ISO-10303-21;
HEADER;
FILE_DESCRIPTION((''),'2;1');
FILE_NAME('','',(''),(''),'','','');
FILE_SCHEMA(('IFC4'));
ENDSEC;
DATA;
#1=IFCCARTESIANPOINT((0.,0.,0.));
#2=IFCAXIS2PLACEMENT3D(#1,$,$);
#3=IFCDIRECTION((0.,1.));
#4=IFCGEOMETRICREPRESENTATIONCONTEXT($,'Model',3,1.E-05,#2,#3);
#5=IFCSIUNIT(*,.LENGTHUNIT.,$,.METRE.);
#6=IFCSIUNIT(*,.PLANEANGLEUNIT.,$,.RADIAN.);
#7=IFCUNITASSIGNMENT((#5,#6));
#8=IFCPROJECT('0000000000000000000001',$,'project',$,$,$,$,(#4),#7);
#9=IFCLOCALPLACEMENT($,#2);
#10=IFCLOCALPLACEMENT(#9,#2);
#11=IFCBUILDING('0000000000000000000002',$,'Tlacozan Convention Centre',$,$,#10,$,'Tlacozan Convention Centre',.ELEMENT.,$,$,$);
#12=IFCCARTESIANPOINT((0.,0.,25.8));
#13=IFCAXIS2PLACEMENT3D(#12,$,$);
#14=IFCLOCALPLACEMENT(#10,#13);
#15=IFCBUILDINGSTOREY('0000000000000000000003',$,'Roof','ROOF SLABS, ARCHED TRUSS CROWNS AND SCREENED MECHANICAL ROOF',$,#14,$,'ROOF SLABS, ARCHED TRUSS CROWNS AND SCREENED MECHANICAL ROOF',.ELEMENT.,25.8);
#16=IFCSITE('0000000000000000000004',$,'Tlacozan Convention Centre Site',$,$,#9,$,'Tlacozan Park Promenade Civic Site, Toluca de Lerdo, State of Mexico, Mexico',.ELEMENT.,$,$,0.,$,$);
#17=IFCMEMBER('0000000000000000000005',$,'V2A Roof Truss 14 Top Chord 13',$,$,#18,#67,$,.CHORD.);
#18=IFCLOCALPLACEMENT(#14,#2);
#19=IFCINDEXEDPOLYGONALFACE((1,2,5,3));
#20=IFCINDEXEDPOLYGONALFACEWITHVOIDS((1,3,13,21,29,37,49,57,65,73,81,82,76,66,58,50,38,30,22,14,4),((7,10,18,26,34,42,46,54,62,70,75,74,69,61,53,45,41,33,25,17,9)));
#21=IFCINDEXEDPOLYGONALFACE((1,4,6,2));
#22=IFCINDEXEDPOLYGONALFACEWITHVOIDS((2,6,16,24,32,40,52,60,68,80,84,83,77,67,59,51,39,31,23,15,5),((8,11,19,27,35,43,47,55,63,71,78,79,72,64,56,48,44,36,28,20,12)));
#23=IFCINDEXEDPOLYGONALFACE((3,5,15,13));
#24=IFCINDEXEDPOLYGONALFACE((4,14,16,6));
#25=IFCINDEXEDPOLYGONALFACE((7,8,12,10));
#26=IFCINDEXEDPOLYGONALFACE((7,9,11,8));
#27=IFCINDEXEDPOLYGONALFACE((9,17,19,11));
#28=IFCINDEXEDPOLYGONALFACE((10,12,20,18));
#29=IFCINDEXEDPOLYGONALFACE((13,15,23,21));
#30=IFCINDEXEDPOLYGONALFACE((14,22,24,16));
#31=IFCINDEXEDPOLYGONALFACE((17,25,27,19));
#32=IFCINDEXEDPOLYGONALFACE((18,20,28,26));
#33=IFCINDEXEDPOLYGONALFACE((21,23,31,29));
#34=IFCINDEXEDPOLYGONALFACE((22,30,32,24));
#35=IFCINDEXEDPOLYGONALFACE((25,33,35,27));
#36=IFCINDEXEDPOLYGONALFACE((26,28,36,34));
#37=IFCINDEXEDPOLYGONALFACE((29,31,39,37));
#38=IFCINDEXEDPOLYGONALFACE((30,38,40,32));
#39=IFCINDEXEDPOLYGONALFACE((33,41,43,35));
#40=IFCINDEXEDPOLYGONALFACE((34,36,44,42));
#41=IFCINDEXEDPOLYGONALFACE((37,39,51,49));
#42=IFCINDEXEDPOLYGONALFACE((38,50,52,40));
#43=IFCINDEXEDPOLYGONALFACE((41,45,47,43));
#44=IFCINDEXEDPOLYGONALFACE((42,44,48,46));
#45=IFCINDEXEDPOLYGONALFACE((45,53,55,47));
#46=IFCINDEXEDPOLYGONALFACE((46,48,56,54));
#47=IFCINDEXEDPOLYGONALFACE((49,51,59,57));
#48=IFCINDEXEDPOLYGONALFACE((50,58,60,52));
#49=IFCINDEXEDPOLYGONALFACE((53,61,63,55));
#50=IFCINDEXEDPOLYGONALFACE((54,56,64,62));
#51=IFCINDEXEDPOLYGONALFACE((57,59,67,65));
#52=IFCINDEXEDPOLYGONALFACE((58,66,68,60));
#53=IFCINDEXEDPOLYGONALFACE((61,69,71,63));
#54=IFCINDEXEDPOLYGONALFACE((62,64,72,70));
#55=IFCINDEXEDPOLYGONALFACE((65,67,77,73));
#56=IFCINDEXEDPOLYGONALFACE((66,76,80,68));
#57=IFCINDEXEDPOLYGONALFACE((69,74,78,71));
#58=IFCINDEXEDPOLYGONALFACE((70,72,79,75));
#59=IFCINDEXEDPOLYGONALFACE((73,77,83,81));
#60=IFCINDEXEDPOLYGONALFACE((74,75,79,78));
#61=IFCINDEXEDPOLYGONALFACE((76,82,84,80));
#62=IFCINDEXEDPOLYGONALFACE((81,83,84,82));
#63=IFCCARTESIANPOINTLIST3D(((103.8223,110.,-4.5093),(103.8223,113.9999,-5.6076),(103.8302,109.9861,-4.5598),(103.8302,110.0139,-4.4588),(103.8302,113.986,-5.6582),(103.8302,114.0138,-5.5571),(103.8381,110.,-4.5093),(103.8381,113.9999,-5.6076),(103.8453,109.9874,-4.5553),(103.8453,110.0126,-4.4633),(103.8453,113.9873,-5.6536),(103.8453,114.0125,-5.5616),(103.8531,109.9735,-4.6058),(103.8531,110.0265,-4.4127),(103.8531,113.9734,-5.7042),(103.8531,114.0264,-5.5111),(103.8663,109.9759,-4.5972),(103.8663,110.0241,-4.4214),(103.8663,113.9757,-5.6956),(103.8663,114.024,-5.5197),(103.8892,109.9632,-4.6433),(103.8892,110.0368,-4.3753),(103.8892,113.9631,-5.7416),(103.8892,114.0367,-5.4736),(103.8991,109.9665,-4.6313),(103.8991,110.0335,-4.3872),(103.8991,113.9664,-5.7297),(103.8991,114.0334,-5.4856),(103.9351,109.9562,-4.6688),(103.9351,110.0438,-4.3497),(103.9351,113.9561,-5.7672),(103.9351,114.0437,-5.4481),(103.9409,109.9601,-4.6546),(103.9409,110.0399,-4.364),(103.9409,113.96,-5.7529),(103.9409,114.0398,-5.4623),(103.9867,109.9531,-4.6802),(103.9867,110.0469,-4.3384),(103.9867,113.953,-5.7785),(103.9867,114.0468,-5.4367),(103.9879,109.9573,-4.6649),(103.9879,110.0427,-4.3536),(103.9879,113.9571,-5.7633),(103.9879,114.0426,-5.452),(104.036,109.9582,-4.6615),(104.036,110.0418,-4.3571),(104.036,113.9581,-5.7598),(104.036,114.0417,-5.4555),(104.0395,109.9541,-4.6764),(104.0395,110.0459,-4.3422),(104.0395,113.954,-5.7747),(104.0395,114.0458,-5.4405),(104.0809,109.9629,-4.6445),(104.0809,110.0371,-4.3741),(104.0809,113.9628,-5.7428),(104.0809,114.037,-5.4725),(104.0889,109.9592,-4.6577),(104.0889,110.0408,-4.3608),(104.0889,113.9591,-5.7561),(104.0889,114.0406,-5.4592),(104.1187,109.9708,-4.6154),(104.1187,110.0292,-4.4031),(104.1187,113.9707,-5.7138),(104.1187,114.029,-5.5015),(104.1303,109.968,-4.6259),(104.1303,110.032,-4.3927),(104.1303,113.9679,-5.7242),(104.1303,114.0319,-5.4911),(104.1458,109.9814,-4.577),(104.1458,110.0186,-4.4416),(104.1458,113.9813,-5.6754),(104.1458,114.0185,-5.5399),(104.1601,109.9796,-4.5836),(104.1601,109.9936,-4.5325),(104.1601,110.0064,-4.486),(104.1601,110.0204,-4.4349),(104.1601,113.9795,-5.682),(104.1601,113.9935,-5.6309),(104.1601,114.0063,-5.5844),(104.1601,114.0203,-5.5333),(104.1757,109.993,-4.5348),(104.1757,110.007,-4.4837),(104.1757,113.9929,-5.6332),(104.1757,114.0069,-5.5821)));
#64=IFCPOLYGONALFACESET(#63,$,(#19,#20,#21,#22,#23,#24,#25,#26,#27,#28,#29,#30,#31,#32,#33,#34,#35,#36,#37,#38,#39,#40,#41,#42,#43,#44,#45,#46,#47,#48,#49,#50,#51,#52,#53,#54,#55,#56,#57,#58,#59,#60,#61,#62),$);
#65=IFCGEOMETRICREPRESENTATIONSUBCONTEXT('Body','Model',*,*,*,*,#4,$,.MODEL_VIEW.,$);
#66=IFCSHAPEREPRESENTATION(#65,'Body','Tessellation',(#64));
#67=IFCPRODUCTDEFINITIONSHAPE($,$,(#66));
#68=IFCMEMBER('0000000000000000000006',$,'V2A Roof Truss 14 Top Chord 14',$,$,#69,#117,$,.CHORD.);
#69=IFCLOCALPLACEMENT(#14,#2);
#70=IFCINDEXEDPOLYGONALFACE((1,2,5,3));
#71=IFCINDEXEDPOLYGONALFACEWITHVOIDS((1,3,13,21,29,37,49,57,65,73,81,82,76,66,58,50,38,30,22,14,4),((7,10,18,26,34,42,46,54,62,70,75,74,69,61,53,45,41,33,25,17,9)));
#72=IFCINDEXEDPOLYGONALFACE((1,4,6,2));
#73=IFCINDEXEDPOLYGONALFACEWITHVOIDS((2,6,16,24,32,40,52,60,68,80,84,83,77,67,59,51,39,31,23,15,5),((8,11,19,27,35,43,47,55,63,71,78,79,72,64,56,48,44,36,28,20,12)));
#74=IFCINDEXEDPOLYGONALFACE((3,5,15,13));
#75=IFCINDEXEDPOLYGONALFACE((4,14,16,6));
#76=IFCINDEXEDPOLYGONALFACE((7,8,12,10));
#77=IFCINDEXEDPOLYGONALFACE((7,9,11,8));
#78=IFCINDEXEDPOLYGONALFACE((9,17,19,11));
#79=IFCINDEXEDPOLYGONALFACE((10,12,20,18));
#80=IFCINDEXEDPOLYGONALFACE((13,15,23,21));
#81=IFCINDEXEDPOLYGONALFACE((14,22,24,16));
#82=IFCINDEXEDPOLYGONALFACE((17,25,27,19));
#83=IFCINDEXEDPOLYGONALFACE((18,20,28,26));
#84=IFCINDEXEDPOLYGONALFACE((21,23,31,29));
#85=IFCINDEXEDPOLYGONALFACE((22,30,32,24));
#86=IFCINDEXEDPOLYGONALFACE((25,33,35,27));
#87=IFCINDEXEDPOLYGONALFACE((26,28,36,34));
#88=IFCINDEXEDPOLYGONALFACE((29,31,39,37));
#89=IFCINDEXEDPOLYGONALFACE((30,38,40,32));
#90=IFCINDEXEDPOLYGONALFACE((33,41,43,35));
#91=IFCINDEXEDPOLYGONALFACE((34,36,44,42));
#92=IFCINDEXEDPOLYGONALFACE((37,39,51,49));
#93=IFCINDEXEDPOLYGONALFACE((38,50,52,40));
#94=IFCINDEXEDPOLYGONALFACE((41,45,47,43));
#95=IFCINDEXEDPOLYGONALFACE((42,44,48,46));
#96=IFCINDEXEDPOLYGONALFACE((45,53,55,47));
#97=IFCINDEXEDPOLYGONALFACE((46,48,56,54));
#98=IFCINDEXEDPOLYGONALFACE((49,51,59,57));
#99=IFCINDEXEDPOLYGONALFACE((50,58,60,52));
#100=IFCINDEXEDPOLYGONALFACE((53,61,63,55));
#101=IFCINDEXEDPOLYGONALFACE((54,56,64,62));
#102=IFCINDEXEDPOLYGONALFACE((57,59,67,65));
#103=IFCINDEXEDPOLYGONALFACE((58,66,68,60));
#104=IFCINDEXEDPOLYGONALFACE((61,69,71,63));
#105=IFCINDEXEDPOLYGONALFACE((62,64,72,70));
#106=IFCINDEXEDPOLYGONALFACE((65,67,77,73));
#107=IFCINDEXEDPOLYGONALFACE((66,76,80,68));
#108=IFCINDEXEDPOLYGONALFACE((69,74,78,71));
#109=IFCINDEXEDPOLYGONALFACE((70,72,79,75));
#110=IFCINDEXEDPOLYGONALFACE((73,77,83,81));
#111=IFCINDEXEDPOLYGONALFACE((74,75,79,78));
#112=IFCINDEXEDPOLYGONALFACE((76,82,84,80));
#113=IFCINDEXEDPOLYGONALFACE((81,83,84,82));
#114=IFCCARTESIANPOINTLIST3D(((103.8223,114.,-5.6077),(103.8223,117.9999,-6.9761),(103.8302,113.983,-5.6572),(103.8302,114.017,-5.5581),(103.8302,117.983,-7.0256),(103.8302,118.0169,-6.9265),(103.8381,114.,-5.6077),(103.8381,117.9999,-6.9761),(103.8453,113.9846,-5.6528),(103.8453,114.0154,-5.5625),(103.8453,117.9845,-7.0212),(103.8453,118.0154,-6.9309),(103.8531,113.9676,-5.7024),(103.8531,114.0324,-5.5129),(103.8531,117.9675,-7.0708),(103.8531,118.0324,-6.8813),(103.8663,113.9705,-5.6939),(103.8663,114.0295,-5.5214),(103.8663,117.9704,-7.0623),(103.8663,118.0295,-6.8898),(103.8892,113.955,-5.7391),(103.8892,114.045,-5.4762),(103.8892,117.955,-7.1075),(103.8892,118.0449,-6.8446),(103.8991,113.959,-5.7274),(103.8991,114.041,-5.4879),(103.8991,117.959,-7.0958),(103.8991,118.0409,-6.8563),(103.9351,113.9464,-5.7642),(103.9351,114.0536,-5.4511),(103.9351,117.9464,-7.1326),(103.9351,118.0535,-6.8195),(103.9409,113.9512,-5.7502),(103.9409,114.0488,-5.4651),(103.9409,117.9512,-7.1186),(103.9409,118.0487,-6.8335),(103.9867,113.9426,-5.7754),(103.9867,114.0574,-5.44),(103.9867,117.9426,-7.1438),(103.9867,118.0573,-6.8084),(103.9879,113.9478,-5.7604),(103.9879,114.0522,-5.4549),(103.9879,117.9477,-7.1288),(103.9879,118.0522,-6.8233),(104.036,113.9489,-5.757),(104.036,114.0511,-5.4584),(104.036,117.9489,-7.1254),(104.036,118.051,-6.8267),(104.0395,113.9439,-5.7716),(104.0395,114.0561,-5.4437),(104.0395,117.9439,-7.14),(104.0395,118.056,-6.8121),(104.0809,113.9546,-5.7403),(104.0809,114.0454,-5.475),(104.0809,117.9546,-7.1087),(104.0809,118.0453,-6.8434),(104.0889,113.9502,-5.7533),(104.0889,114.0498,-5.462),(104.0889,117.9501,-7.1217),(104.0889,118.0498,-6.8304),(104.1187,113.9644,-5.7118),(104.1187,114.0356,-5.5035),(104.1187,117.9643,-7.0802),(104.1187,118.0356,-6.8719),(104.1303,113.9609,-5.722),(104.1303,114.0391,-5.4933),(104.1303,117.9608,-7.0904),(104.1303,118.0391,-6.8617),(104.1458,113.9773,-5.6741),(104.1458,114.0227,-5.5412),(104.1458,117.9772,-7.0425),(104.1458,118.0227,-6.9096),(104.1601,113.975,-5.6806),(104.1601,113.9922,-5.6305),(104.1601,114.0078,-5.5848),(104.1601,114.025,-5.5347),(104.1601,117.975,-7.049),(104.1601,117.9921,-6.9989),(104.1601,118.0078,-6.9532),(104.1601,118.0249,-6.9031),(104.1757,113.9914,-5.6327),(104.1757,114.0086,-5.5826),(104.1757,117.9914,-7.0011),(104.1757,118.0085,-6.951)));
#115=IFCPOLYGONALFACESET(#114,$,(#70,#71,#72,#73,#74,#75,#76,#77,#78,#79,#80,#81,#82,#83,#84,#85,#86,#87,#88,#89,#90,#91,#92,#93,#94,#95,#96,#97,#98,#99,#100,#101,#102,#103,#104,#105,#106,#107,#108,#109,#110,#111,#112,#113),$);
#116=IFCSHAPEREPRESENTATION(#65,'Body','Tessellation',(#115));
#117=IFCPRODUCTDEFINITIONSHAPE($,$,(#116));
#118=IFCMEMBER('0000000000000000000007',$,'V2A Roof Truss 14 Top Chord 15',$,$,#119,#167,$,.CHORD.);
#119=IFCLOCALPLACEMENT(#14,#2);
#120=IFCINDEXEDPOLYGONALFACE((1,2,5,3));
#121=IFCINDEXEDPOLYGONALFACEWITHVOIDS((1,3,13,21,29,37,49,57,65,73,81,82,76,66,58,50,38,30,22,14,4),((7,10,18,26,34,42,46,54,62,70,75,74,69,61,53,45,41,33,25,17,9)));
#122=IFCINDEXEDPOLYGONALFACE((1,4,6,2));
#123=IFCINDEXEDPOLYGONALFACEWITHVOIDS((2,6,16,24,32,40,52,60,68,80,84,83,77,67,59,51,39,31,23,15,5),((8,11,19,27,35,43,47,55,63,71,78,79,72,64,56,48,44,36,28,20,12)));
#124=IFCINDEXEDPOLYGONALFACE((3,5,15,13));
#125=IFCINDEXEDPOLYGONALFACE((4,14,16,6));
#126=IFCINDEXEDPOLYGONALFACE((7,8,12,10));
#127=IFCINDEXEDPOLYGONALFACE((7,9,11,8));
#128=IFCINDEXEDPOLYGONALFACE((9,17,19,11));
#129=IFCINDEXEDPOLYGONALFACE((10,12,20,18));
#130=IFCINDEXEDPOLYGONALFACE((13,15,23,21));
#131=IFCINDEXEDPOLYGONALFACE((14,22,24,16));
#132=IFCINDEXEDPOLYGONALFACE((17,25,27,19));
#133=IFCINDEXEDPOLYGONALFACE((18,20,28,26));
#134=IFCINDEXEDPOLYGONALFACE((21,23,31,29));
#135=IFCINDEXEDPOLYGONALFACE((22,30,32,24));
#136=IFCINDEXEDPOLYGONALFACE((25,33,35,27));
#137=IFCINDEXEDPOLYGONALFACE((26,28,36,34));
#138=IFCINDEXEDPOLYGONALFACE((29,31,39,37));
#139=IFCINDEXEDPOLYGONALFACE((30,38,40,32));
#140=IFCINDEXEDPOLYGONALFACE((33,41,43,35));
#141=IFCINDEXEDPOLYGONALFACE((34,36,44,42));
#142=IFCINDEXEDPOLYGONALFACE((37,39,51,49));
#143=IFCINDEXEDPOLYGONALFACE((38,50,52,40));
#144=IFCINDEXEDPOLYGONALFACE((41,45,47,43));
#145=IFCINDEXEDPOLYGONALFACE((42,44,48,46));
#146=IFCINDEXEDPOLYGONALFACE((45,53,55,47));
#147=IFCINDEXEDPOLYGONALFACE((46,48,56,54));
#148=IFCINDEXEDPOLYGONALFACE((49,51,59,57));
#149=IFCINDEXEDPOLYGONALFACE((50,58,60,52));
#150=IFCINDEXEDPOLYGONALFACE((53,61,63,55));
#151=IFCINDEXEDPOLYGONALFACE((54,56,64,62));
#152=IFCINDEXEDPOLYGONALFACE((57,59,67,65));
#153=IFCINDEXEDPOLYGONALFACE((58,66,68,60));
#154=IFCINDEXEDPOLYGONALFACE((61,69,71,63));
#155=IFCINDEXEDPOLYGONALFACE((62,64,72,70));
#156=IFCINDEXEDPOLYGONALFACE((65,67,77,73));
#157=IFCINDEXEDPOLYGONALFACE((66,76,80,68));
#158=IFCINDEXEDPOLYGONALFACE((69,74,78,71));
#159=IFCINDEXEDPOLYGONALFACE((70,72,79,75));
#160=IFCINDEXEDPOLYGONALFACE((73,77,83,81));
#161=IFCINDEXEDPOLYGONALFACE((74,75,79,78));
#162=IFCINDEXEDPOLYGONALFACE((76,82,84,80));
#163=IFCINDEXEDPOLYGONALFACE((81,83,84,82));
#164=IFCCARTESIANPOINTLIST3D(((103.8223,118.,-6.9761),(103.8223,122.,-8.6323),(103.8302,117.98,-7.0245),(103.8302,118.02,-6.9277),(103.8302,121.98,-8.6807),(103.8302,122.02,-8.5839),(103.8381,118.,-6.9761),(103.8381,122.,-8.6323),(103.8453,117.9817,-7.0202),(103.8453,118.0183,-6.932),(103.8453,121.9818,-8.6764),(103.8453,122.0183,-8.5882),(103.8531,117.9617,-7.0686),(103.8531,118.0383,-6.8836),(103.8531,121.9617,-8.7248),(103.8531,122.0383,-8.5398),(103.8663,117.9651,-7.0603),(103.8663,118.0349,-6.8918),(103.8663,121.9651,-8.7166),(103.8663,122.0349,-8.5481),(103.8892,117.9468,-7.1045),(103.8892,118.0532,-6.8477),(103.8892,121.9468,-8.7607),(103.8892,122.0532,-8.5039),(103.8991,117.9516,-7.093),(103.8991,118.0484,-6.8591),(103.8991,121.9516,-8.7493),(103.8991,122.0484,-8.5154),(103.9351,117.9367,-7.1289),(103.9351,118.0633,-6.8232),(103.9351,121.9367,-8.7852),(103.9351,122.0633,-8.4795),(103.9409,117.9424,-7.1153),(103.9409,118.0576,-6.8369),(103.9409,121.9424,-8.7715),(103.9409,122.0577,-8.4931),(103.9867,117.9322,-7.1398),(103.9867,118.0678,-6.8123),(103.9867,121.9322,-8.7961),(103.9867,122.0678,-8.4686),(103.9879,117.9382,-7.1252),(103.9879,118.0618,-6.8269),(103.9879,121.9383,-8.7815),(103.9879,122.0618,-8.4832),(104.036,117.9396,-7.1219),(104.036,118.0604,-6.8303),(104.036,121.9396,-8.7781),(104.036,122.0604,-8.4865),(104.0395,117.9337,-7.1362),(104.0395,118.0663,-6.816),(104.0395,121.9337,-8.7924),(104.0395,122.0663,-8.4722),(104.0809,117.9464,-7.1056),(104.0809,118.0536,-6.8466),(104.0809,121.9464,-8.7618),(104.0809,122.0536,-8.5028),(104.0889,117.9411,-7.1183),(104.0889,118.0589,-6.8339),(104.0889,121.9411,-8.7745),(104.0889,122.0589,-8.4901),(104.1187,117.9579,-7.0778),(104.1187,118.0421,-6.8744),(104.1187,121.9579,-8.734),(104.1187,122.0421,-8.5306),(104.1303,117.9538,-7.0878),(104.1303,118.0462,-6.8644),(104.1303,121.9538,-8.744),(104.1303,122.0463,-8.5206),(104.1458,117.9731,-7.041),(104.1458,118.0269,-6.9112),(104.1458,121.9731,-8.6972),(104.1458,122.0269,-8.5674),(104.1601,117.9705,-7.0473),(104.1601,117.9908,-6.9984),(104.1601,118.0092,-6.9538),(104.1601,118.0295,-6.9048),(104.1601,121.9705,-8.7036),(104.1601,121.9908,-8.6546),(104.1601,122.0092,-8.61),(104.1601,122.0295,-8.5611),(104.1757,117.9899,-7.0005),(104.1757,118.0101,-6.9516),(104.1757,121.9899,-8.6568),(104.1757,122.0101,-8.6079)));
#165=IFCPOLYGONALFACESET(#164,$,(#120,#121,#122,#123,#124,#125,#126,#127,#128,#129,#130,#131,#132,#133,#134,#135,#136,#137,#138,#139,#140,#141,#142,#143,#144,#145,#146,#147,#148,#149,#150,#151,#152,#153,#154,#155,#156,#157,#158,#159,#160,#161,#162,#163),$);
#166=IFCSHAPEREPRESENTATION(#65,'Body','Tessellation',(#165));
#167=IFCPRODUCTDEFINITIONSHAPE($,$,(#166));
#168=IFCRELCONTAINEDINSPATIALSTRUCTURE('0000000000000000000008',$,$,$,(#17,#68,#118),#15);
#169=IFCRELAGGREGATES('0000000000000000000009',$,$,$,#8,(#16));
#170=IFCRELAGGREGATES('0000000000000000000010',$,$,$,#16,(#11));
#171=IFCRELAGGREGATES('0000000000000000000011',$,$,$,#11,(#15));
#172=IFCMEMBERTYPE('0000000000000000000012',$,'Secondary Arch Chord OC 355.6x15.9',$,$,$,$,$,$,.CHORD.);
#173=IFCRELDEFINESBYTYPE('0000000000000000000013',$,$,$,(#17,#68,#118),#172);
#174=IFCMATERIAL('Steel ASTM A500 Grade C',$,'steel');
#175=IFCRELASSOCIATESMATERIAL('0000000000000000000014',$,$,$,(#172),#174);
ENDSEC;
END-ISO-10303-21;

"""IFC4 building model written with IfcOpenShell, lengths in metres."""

from ifc_helpers import new_model, si_unit, direction, frame, origin, origin_2d, place, context, subcontext, project, spatial, hollow_circle, extrude, material, material_profile, profile_set, type_object, element, save


model = new_model("IFC4")

# Units and contexts
model_context = context("Model", 3, precision=1e-05, world=origin(), true_north=direction((0.0, 1.0)))
body_context = subcontext(model_context, "Body", "Model", "MODEL_VIEW")
ifc_project = project(units=[si_unit("LENGTHUNIT", "METRE"), si_unit("PLANEANGLEUNIT", "RADIAN")], contexts=[model_context])

# Site, building, storey
site_placement = place(None, origin())
site = spatial("IfcSite", under=ifc_project, at=site_placement, Name="Tlacozan Convention Centre Site", LongName="Tlacozan Park Promenade Civic Site, Toluca de Lerdo, State of Mexico, Mexico", CompositionType="ELEMENT", RefElevation=0.0)
building_placement = place(site_placement, origin())
building = spatial("IfcBuilding", under=site, at=building_placement, Name="Tlacozan Convention Centre", LongName="Tlacozan Convention Centre", CompositionType="ELEMENT")
storey_placement = place(building_placement, frame((0.0, 0.0, 25.8)))
storey = spatial("IfcBuildingStorey", under=building, at=storey_placement, Name="Roof", Description="ROOF SLABS, ARCHED TRUSS CROWNS AND SCREENED MECHANICAL ROOF", LongName="ROOF SLABS, ARCHED TRUSS CROWNS AND SCREENED MECHANICAL ROOF", CompositionType="ELEMENT", Elevation=25.8)

# Members
ifc_material_1 = material(Name="Steel ASTM A500 Grade C", Category="steel")
ifc_material_profile_1 = material_profile(ifc_material_1, hollow_circle(Radius=0.1777, WallThickness=0.0159, at=origin_2d()), Name="OC 355.6x15.9")
ifc_profile_set_1 = profile_set([ifc_material_profile_1], Name="Steel ASTM A500 Grade C")
member_type_1 = type_object("IfcMemberType", Name="Secondary Arch Chord OC 355.6x15.9", PredefinedType="CHORD", material=ifc_profile_set_1)
member_1_placement = place(storey_placement, frame((104.0, 110.0, -4.5093), z_axis=(0.0, 0.964305, -0.264795), x_axis=(-1.0, 0.0, 0.0)))
element("IfcMember", 1, at=member_1_placement, inside=storey, type_object=member_type_1, Name="V2A Roof Truss 14 Top Chord 13", PredefinedType="CHORD", context=body_context, shape_type="SweptSolid", body=[
    extrude(hollow_circle(Radius=0.1777, WallThickness=0.0159, at=origin_2d()), origin(), (0.0, 0.0, 1.0), 4.1479),
])
member_2_placement = place(storey_placement, frame((104.0, 114.0, -5.6077), z_axis=(0.0, 0.946165, -0.323685), x_axis=(-1.0, 0.0, 0.0)))
element("IfcMember", 2, at=member_2_placement, inside=storey, type_object=member_type_1, Name="V2A Roof Truss 14 Top Chord 14", PredefinedType="CHORD", context=body_context, shape_type="SweptSolid", body=[
    extrude(hollow_circle(Radius=0.1777, WallThickness=0.0159, at=origin_2d()), origin(), (0.0, 0.0, 1.0), 4.2275),
])
member_3_placement = place(storey_placement, frame((104.0, 118.0, -6.9761), z_axis=(0.0, 0.923929, -0.382564), x_axis=(-1.0, 0.0, 0.0)))
element("IfcMember", 3, at=member_3_placement, inside=storey, type_object=member_type_1, Name="V2A Roof Truss 14 Top Chord 15", PredefinedType="CHORD", context=body_context, shape_type="SweptSolid", body=[
    extrude(hollow_circle(Radius=0.1777, WallThickness=0.0159, at=origin_2d()), origin(), (0.0, 0.0, 1.0), 4.3293),
])

save(model, "model.ifc")
